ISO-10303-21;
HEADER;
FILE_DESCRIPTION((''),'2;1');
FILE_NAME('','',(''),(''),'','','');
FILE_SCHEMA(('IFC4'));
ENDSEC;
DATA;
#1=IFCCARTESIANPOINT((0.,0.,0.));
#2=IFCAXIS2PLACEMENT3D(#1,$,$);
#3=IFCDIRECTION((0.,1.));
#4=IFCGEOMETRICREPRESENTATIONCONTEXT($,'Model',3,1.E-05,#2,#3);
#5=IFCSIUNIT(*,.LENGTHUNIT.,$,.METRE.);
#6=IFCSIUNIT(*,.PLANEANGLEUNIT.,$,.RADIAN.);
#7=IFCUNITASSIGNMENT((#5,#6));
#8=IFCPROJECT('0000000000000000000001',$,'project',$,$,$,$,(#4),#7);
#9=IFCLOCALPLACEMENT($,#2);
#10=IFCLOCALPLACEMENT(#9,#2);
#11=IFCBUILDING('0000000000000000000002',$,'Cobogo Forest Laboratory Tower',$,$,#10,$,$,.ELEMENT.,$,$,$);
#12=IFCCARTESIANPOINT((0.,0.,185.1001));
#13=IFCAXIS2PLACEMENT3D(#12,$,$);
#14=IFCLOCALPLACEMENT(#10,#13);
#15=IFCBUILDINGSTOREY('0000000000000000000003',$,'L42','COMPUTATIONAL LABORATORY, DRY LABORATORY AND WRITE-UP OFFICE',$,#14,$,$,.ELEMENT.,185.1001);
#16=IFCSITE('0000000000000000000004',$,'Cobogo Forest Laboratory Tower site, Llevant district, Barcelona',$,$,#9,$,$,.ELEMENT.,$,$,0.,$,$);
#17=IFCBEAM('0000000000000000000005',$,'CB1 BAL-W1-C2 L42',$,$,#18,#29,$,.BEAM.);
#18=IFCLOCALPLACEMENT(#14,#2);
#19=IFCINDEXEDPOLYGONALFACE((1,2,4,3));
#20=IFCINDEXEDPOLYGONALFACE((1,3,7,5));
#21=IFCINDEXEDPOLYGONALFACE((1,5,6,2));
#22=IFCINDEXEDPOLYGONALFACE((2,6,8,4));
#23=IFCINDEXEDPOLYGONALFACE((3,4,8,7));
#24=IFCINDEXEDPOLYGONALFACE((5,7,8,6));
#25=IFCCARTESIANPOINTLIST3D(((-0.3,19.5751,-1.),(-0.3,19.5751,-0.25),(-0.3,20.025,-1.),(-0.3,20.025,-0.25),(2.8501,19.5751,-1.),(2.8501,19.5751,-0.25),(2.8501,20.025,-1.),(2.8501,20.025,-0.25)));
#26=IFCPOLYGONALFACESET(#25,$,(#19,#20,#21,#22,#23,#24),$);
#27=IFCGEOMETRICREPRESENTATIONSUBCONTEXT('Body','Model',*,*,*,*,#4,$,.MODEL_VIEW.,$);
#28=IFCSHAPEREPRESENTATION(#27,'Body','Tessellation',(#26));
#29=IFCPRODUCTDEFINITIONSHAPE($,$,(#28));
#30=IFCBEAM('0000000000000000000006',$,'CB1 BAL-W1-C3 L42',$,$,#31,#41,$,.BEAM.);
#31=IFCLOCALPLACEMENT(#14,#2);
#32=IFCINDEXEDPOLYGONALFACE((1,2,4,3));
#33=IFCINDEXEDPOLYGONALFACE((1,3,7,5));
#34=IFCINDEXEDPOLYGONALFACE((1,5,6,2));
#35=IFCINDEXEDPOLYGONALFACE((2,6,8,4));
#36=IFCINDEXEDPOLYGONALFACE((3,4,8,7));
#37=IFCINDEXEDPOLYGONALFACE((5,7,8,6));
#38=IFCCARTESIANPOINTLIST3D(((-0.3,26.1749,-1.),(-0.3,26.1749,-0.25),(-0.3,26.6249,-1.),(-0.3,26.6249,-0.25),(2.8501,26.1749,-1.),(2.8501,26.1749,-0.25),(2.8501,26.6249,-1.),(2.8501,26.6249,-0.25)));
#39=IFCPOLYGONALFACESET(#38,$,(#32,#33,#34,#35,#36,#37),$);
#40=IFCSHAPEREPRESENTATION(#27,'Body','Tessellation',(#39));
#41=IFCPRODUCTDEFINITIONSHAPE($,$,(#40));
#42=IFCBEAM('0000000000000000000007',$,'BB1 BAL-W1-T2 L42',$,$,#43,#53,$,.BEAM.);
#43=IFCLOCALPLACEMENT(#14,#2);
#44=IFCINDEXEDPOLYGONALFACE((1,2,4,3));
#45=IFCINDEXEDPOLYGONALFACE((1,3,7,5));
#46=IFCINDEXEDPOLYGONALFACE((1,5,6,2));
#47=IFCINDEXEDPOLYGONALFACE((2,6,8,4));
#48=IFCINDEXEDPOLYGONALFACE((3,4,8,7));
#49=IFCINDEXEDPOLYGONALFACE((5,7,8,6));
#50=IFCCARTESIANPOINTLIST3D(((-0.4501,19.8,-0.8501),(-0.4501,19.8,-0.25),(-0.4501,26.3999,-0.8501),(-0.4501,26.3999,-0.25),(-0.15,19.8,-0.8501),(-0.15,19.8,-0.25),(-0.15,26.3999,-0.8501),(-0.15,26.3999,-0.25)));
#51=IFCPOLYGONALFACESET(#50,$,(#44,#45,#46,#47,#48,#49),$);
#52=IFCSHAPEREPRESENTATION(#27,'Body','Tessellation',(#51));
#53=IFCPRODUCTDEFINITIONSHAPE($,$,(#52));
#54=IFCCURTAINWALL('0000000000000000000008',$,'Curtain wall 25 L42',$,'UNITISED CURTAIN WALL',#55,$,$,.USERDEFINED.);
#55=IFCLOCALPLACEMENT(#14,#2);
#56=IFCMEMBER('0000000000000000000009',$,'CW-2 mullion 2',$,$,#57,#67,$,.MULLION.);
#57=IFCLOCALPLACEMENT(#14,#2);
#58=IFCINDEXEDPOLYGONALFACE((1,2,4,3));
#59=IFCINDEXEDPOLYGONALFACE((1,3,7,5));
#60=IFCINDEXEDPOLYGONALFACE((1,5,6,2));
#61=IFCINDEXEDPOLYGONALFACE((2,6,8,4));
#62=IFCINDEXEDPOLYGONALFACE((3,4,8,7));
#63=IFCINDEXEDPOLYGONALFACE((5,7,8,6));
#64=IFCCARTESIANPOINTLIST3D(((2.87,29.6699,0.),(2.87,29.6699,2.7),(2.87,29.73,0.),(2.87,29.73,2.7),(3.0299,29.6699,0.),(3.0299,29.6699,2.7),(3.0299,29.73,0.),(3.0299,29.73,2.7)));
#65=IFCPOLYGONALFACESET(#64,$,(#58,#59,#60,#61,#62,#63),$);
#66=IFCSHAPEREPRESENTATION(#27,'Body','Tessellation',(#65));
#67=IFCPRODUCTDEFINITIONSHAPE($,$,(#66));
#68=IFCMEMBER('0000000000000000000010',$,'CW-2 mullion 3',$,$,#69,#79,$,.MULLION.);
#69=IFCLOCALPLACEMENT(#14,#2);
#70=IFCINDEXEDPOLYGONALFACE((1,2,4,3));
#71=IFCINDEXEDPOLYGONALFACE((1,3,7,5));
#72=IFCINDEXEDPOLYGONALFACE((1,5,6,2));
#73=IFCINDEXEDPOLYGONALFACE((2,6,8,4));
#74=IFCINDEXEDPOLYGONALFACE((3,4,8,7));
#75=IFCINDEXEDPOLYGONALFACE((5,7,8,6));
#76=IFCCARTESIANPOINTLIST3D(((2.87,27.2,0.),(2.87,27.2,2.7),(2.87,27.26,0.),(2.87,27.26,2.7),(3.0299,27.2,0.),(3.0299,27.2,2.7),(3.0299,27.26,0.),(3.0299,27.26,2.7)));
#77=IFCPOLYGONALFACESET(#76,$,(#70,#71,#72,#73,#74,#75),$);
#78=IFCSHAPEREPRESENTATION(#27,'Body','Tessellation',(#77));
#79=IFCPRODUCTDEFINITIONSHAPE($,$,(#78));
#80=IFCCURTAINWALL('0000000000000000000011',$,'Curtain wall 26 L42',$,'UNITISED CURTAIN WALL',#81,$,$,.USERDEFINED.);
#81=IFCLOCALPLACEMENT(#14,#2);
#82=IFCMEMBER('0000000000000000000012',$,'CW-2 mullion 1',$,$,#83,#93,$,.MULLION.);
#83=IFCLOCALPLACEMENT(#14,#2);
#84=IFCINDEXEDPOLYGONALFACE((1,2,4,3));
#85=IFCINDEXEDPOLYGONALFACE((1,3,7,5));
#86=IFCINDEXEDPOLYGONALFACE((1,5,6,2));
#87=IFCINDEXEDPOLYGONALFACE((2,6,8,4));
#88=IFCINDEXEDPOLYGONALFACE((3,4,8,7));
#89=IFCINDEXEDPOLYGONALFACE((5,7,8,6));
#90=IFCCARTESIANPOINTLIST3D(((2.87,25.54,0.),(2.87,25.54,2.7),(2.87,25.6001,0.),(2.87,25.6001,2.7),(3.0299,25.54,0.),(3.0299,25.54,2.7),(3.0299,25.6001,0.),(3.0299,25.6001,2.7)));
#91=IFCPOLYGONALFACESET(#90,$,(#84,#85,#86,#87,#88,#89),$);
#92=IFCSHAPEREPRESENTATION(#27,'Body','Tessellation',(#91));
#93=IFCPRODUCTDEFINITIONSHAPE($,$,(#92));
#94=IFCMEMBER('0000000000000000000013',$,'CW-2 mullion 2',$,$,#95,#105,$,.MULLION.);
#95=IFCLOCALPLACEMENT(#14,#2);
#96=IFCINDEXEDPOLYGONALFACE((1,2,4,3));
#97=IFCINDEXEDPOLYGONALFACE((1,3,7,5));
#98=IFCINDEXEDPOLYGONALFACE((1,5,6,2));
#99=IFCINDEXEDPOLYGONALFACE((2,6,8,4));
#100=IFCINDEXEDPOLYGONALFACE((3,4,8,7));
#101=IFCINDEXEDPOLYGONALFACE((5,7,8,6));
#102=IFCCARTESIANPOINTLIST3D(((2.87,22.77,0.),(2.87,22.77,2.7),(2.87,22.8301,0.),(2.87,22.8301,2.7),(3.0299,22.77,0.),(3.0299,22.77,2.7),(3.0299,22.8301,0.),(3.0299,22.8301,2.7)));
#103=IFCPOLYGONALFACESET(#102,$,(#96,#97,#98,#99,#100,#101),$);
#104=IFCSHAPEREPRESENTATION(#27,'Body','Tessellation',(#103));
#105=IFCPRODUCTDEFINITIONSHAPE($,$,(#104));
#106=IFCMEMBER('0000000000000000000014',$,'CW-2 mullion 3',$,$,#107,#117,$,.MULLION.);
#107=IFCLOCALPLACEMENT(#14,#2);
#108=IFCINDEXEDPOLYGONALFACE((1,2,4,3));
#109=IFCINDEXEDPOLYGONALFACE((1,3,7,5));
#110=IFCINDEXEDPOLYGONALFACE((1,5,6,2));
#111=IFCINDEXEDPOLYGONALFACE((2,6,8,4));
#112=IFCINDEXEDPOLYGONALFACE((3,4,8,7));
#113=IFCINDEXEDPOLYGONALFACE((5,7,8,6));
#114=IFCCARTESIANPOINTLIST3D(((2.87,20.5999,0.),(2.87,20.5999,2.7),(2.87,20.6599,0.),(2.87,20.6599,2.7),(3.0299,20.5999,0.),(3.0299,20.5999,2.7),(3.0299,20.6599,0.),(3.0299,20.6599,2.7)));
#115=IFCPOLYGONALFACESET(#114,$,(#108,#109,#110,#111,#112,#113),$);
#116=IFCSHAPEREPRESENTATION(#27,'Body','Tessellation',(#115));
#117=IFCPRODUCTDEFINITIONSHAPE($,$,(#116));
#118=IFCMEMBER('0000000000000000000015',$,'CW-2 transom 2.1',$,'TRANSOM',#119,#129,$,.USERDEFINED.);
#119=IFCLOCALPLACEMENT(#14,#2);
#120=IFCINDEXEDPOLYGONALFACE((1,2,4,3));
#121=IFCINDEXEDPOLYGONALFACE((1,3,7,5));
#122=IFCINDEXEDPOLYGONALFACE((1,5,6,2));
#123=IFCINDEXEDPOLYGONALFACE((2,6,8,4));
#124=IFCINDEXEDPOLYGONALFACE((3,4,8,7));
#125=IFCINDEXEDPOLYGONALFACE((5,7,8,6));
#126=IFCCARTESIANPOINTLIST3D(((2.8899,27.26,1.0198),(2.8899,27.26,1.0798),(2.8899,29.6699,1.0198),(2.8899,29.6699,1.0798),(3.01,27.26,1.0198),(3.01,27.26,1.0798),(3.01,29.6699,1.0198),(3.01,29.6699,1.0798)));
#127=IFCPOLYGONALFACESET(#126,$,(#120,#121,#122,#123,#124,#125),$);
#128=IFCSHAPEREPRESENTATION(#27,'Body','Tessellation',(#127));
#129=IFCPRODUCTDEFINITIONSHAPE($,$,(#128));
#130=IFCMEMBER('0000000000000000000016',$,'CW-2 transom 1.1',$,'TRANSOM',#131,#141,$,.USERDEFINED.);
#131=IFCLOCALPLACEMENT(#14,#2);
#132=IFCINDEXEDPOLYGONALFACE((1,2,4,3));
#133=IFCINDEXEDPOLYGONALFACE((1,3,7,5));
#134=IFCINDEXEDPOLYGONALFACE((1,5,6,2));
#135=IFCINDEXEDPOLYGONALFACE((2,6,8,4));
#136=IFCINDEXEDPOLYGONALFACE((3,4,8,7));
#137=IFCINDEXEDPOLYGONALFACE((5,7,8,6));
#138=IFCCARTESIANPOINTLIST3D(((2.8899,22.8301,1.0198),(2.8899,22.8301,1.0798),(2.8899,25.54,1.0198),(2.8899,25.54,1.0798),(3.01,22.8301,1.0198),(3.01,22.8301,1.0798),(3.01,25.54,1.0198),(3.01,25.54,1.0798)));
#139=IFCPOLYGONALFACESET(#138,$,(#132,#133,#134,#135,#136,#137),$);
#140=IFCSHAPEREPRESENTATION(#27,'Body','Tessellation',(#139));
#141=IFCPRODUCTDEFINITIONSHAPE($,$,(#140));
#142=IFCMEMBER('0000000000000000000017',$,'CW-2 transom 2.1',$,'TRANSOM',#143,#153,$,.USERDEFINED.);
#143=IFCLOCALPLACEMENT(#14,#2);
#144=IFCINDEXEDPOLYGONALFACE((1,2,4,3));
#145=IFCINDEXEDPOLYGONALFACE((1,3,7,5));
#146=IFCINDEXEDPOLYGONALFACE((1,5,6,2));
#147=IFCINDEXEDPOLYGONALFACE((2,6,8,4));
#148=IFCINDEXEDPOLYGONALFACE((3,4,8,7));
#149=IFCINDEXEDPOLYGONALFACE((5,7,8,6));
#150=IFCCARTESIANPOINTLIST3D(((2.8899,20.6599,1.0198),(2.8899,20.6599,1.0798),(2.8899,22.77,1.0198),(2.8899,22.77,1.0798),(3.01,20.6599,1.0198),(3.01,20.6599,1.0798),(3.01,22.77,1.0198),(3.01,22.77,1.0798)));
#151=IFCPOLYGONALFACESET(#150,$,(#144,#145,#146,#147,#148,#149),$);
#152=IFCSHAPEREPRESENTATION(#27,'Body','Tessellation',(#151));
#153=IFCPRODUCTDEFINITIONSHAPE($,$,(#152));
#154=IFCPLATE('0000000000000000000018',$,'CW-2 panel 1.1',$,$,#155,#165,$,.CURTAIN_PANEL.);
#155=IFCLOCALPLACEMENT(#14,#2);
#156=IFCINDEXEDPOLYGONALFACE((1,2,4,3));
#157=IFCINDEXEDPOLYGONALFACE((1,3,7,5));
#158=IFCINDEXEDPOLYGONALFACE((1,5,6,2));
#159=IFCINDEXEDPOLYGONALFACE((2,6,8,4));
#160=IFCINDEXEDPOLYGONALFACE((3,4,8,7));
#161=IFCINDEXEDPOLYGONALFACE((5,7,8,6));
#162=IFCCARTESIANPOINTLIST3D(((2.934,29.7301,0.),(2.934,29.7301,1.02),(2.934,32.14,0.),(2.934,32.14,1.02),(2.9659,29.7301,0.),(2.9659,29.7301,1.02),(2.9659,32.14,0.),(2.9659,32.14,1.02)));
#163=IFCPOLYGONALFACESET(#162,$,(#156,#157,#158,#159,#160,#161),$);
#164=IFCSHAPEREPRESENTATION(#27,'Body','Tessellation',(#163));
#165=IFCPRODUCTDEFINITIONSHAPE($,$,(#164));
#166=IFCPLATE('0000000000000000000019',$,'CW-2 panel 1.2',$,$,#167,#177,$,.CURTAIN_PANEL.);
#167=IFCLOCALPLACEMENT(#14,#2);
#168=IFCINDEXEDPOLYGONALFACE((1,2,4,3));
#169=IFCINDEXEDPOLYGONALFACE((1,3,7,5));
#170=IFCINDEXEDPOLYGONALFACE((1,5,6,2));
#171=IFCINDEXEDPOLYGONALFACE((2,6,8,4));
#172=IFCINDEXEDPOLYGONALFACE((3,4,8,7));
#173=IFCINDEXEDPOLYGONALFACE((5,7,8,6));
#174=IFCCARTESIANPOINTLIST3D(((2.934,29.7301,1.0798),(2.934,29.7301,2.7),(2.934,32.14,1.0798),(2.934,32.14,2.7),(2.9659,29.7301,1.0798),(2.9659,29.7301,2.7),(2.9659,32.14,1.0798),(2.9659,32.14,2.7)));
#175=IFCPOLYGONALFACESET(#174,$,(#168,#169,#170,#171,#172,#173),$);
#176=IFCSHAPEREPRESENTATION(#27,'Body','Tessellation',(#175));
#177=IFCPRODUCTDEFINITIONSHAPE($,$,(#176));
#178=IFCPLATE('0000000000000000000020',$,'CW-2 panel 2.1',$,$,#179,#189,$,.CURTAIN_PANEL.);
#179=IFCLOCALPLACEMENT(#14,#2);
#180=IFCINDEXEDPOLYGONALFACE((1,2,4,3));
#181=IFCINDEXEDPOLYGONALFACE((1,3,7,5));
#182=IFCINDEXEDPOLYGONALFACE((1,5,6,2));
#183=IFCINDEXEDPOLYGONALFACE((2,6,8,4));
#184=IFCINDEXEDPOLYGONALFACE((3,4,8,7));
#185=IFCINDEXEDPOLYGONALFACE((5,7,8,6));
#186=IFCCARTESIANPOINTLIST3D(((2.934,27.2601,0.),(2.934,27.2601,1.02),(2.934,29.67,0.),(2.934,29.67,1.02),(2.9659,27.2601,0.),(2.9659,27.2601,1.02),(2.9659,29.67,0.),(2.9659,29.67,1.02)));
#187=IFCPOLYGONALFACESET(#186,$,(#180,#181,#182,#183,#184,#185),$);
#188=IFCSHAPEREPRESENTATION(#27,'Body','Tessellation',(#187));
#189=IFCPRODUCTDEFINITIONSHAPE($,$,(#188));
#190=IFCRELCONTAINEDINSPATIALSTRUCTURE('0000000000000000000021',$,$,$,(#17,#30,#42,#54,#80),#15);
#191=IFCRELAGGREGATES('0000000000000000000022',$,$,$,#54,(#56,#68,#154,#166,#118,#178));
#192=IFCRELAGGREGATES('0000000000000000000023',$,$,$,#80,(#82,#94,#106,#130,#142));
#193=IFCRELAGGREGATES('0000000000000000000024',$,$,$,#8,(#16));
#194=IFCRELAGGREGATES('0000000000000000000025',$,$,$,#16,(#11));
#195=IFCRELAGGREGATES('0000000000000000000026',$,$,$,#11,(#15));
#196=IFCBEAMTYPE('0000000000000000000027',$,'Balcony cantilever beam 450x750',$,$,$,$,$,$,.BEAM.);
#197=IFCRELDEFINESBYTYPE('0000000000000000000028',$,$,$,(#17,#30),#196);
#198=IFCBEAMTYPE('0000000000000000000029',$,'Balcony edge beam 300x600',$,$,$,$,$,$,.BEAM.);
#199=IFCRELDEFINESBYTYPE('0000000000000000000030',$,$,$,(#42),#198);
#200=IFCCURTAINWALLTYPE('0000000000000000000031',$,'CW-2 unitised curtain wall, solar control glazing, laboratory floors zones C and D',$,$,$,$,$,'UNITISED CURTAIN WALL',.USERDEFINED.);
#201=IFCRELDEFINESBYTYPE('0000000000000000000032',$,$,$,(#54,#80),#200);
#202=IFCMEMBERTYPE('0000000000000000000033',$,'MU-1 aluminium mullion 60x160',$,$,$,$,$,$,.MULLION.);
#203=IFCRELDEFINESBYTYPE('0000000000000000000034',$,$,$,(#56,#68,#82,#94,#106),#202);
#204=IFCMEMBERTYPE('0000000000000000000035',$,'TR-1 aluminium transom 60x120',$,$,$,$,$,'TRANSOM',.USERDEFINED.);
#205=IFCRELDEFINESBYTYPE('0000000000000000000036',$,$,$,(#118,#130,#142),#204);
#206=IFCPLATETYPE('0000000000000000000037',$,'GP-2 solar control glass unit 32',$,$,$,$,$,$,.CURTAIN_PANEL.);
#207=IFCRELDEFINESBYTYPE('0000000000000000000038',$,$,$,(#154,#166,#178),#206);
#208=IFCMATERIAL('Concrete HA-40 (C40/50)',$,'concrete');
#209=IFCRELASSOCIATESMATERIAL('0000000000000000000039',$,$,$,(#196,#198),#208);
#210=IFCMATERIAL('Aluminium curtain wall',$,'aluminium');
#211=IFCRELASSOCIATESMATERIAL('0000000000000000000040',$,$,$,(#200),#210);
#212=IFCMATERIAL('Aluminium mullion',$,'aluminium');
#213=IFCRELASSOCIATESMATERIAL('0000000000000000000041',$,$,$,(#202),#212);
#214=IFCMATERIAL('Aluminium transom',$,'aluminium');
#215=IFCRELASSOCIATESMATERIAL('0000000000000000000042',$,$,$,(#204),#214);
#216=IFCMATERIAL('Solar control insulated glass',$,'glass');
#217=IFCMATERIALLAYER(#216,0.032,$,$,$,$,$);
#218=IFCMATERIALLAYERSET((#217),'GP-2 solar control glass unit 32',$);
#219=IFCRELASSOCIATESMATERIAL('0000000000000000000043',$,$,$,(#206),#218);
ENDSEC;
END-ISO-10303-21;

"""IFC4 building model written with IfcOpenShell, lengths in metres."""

from ifc_helpers import new_model, si_unit, direction, frame, origin, origin_2d, place, context, subcontext, project, spatial, rectangle, extrude, material, layer, layer_set, material_profile, profile_set, type_object, element, aggregate, save


model = new_model("IFC4")

# Units and contexts
model_context = context("Model", 3, precision=1e-05, world=origin(), true_north=direction((0.0, 1.0)))
body_context = subcontext(model_context, "Body", "Model", "MODEL_VIEW")
ifc_project = project(units=[si_unit("LENGTHUNIT", "METRE"), si_unit("PLANEANGLEUNIT", "RADIAN")], contexts=[model_context])

# Site, building, storey
site_placement = place(None, origin())
site = spatial("IfcSite", under=ifc_project, at=site_placement, Name="Cobogo Forest Laboratory Tower site, Llevant district, Barcelona", CompositionType="ELEMENT", RefElevation=0.0)
building_placement = place(site_placement, origin())
building = spatial("IfcBuilding", under=site, at=building_placement, Name="Cobogo Forest Laboratory Tower", CompositionType="ELEMENT")
storey_placement = place(building_placement, frame((0.0, 0.0, 185.1001)))
storey = spatial("IfcBuildingStorey", under=building, at=storey_placement, Name="L42", Description="COMPUTATIONAL LABORATORY, DRY LABORATORY AND WRITE-UP OFFICE", CompositionType="ELEMENT", Elevation=185.1001)

# Beams
ifc_material_1 = material(Name="Concrete HA-40 (C40/50)", Category="concrete")
ifc_material_profile_1 = material_profile(ifc_material_1, rectangle(XDim=0.45, YDim=0.75, at=origin_2d()), Name="RC 450x750")
ifc_profile_set_1 = profile_set([ifc_material_profile_1], Name="Concrete HA-40 (C40/50)")
beam_type_1 = type_object("IfcBeamType", Name="Balcony cantilever beam 450x750", PredefinedType="BEAM", material=ifc_profile_set_1)
for number, where, z_axis, x_axis, name in (
    (1, (2.8501, 19.8, -0.625), (-1.0, 0.0, 0.0), (0.0, -1.0, 0.0), "CB1 BAL-W1-C2 L42"),
    (2, (2.8501, 26.3999, -0.625), (-1.0, 0.0, 0.0), (0.0, -1.0, 0.0), "CB1 BAL-W1-C3 L42"),
):
    element("IfcBeam", number, at=place(storey_placement, frame(where, z_axis=z_axis, x_axis=x_axis)), inside=storey, type_object=beam_type_1, Name=name, PredefinedType="BEAM", context=body_context, shape_type="SweptSolid", body=[
        extrude(rectangle(XDim=0.45, YDim=0.75, at=origin_2d()), origin(), (0.0, 0.0, 1.0), 3.1501),
    ])
ifc_material_profile_2 = material_profile(ifc_material_1, rectangle(XDim=0.3, YDim=0.6001, at=origin_2d()), Name="RC 300x600")
ifc_profile_set_2 = profile_set([ifc_material_profile_2], Name="Concrete HA-40 (C40/50)")
beam_type_2 = type_object("IfcBeamType", Name="Balcony edge beam 300x600", PredefinedType="BEAM", material=ifc_profile_set_2)
beam_placement = place(storey_placement, frame((-0.3, 19.8, -0.55), z_axis=(0.0, 1.0, 0.0), x_axis=(-1.0, 0.0, 0.0)))
element("IfcBeam", 3, at=beam_placement, inside=storey, type_object=beam_type_2, Name="BB1 BAL-W1-T2 L42", PredefinedType="BEAM", context=body_context, shape_type="SweptSolid", body=[
    extrude(rectangle(XDim=0.3, YDim=0.6001, at=origin_2d()), origin(), (0.0, 0.0, 1.0), 6.5999),
])

# Curtain walls, members
ifc_material_2 = material(Name="Aluminium curtain wall", Category="aluminium")
curtain_wall_type = type_object("IfcCurtainWallType", Name="CW-2 unitised curtain wall, solar control glazing, laboratory floors zones C and D", ElementType="UNITISED CURTAIN WALL", PredefinedType="USERDEFINED", material=ifc_material_2)
curtain_wall_1_placement = place(storey_placement, origin())
curtain_wall_1 = element("IfcCurtainWall", 4, at=curtain_wall_1_placement, inside=storey, type_object=curtain_wall_type, Name="Curtain wall 25 L42", ObjectType="UNITISED CURTAIN WALL", PredefinedType="USERDEFINED")
ifc_material_3 = material(Name="Aluminium mullion", Category="aluminium")
ifc_material_profile_3 = material_profile(ifc_material_3, rectangle(XDim=0.0601, YDim=0.1599, at=origin_2d()), Name="AL 60x160")
ifc_profile_set_3 = profile_set([ifc_material_profile_3], Name="Aluminium mullion")
member_type_1 = type_object("IfcMemberType", Name="MU-1 aluminium mullion 60x160", PredefinedType="MULLION", material=ifc_profile_set_3)
member_1_placement = place(storey_placement, frame((2.95, 29.7, 0.0), z_axis=(0.0, 0.0, 1.0), x_axis=(0.0, -1.0, 0.0)))
member_1 = element("IfcMember", 5, at=member_1_placement, type_object=member_type_1, Name="CW-2 mullion 2", PredefinedType="MULLION", context=body_context, shape_type="SweptSolid", body=[
    extrude(rectangle(XDim=0.0601, YDim=0.1599, at=origin_2d()), origin(), (0.0, 0.0, 1.0), 2.7),
])
member_2_placement = place(storey_placement, frame((2.95, 27.23, 0.0), z_axis=(0.0, 0.0, 1.0), x_axis=(0.0, -1.0, 0.0)))
member_2 = element("IfcMember", 6, at=member_2_placement, type_object=member_type_1, Name="CW-2 mullion 3", PredefinedType="MULLION", context=body_context, shape_type="SweptSolid", body=[
    extrude(rectangle(XDim=0.0601, YDim=0.1599, at=origin_2d()), origin(), (0.0, 0.0, 1.0), 2.7),
])
curtain_wall_2_placement = place(storey_placement, origin())
curtain_wall_2 = element("IfcCurtainWall", 7, at=curtain_wall_2_placement, inside=storey, type_object=curtain_wall_type, Name="Curtain wall 26 L42", ObjectType="UNITISED CURTAIN WALL", PredefinedType="USERDEFINED")
member_3_placement = place(storey_placement, frame((2.95, 25.5701, 0.0), z_axis=(0.0, 0.0, 1.0), x_axis=(0.0, -1.0, 0.0)))
member_3 = element("IfcMember", 8, at=member_3_placement, type_object=member_type_1, Name="CW-2 mullion 1", PredefinedType="MULLION", context=body_context, shape_type="SweptSolid", body=[
    extrude(rectangle(XDim=0.0601, YDim=0.1599, at=origin_2d()), origin(), (0.0, 0.0, 1.0), 2.7),
])
member_4_placement = place(storey_placement, frame((2.95, 22.8, 0.0), z_axis=(0.0, 0.0, 1.0), x_axis=(0.0, -1.0, 0.0)))
member_4 = element("IfcMember", 9, at=member_4_placement, type_object=member_type_1, Name="CW-2 mullion 2", PredefinedType="MULLION", context=body_context, shape_type="SweptSolid", body=[
    extrude(rectangle(XDim=0.0601, YDim=0.1599, at=origin_2d()), origin(), (0.0, 0.0, 1.0), 2.7),
])
member_5_placement = place(storey_placement, frame((2.95, 20.6299, 0.0), z_axis=(0.0, 0.0, 1.0), x_axis=(0.0, -1.0, 0.0)))
member_5 = element("IfcMember", 10, at=member_5_placement, type_object=member_type_1, Name="CW-2 mullion 3", PredefinedType="MULLION", context=body_context, shape_type="SweptSolid", body=[
    extrude(rectangle(XDim=0.0601, YDim=0.1599, at=origin_2d()), origin(), (0.0, 0.0, 1.0), 2.7),
])

# Members
ifc_material_4 = material(Name="Aluminium transom", Category="aluminium")
ifc_material_profile_4 = material_profile(ifc_material_4, rectangle(XDim=0.1201, YDim=0.0601, at=origin_2d()), Name="AL 60x120")
ifc_profile_set_4 = profile_set([ifc_material_profile_4], Name="Aluminium transom")
member_type_2 = type_object("IfcMemberType", Name="TR-1 aluminium transom 60x120", ElementType="TRANSOM", PredefinedType="USERDEFINED", material=ifc_profile_set_4)
member_6_placement = place(storey_placement, frame((2.95, 29.6699, 1.0498), z_axis=(0.0, -1.0, 0.0), x_axis=(1.0, 0.0, 0.0)))
member_6 = element("IfcMember", 11, at=member_6_placement, type_object=member_type_2, Name="CW-2 transom 2.1", ObjectType="TRANSOM", PredefinedType="USERDEFINED", context=body_context, shape_type="SweptSolid", body=[
    extrude(rectangle(XDim=0.1201, YDim=0.0601, at=origin_2d()), origin(), (0.0, 0.0, 1.0), 2.4099),
])
member_7_placement = place(storey_placement, frame((2.95, 25.54, 1.0498), z_axis=(0.0, -1.0, 0.0), x_axis=(1.0, 0.0, 0.0)))
member_7 = element("IfcMember", 12, at=member_7_placement, type_object=member_type_2, Name="CW-2 transom 1.1", ObjectType="TRANSOM", PredefinedType="USERDEFINED", context=body_context, shape_type="SweptSolid", body=[
    extrude(rectangle(XDim=0.1201, YDim=0.0601, at=origin_2d()), origin(), (0.0, 0.0, 1.0), 2.71),
])
member_8_placement = place(storey_placement, frame((2.95, 22.77, 1.0498), z_axis=(0.0, -1.0, 0.0), x_axis=(1.0, 0.0, 0.0)))
member_8 = element("IfcMember", 13, at=member_8_placement, type_object=member_type_2, Name="CW-2 transom 2.1", ObjectType="TRANSOM", PredefinedType="USERDEFINED", context=body_context, shape_type="SweptSolid", body=[
    extrude(rectangle(XDim=0.1201, YDim=0.0601, at=origin_2d()), origin(), (0.0, 0.0, 1.0), 2.1101),
])

# Plates
ifc_material_5 = material(Name="Solar control insulated glass", Category="glass")
ifc_layer_1 = layer(ifc_material_5, 0.032)
ifc_layer_set_1 = layer_set([ifc_layer_1], Name="GP-2 solar control glass unit 32")
plate_type_1 = type_object("IfcPlateType", Name="GP-2 solar control glass unit 32", PredefinedType="CURTAIN_PANEL", material=ifc_layer_set_1)
plate_1_placement = place(storey_placement, frame((2.95, 30.9351, 0.0), z_axis=(0.0, 0.0, 1.0), x_axis=(0.0, -1.0, 0.0)))
plate_1 = element("IfcPlate", 14, at=plate_1_placement, type_object=plate_type_1, Name="CW-2 panel 1.1", PredefinedType="CURTAIN_PANEL", context=body_context, shape_type="SweptSolid", body=[
    extrude(rectangle(XDim=2.4099, YDim=0.032, at=origin_2d()), origin(), (0.0, 0.0, 1.0), 1.02),
])
plate_2_placement = place(storey_placement, frame((2.95, 30.9351, 1.0798), z_axis=(0.0, 0.0, 1.0), x_axis=(0.0, -1.0, 0.0)))
plate_2 = element("IfcPlate", 15, at=plate_2_placement, type_object=plate_type_1, Name="CW-2 panel 1.2", PredefinedType="CURTAIN_PANEL", context=body_context, shape_type="SweptSolid", body=[
    extrude(rectangle(XDim=2.4099, YDim=0.032, at=origin_2d()), origin(), (0.0, 0.0, 1.0), 1.6201),
])
plate_3_placement = place(storey_placement, frame((2.95, 28.4651, 0.0), z_axis=(0.0, 0.0, 1.0), x_axis=(0.0, -1.0, 0.0)))
plate_3 = element("IfcPlate", 16, at=plate_3_placement, type_object=plate_type_1, Name="CW-2 panel 2.1", PredefinedType="CURTAIN_PANEL", context=body_context, shape_type="SweptSolid", body=[
    extrude(rectangle(XDim=2.4099, YDim=0.032, at=origin_2d()), origin(), (0.0, 0.0, 1.0), 1.02),
])
aggregate(curtain_wall_1, [member_1, member_2, plate_1, plate_2, member_6, plate_3])
aggregate(curtain_wall_2, [member_3, member_4, member_5, member_7, member_8])

save(model, "model.ifc")
